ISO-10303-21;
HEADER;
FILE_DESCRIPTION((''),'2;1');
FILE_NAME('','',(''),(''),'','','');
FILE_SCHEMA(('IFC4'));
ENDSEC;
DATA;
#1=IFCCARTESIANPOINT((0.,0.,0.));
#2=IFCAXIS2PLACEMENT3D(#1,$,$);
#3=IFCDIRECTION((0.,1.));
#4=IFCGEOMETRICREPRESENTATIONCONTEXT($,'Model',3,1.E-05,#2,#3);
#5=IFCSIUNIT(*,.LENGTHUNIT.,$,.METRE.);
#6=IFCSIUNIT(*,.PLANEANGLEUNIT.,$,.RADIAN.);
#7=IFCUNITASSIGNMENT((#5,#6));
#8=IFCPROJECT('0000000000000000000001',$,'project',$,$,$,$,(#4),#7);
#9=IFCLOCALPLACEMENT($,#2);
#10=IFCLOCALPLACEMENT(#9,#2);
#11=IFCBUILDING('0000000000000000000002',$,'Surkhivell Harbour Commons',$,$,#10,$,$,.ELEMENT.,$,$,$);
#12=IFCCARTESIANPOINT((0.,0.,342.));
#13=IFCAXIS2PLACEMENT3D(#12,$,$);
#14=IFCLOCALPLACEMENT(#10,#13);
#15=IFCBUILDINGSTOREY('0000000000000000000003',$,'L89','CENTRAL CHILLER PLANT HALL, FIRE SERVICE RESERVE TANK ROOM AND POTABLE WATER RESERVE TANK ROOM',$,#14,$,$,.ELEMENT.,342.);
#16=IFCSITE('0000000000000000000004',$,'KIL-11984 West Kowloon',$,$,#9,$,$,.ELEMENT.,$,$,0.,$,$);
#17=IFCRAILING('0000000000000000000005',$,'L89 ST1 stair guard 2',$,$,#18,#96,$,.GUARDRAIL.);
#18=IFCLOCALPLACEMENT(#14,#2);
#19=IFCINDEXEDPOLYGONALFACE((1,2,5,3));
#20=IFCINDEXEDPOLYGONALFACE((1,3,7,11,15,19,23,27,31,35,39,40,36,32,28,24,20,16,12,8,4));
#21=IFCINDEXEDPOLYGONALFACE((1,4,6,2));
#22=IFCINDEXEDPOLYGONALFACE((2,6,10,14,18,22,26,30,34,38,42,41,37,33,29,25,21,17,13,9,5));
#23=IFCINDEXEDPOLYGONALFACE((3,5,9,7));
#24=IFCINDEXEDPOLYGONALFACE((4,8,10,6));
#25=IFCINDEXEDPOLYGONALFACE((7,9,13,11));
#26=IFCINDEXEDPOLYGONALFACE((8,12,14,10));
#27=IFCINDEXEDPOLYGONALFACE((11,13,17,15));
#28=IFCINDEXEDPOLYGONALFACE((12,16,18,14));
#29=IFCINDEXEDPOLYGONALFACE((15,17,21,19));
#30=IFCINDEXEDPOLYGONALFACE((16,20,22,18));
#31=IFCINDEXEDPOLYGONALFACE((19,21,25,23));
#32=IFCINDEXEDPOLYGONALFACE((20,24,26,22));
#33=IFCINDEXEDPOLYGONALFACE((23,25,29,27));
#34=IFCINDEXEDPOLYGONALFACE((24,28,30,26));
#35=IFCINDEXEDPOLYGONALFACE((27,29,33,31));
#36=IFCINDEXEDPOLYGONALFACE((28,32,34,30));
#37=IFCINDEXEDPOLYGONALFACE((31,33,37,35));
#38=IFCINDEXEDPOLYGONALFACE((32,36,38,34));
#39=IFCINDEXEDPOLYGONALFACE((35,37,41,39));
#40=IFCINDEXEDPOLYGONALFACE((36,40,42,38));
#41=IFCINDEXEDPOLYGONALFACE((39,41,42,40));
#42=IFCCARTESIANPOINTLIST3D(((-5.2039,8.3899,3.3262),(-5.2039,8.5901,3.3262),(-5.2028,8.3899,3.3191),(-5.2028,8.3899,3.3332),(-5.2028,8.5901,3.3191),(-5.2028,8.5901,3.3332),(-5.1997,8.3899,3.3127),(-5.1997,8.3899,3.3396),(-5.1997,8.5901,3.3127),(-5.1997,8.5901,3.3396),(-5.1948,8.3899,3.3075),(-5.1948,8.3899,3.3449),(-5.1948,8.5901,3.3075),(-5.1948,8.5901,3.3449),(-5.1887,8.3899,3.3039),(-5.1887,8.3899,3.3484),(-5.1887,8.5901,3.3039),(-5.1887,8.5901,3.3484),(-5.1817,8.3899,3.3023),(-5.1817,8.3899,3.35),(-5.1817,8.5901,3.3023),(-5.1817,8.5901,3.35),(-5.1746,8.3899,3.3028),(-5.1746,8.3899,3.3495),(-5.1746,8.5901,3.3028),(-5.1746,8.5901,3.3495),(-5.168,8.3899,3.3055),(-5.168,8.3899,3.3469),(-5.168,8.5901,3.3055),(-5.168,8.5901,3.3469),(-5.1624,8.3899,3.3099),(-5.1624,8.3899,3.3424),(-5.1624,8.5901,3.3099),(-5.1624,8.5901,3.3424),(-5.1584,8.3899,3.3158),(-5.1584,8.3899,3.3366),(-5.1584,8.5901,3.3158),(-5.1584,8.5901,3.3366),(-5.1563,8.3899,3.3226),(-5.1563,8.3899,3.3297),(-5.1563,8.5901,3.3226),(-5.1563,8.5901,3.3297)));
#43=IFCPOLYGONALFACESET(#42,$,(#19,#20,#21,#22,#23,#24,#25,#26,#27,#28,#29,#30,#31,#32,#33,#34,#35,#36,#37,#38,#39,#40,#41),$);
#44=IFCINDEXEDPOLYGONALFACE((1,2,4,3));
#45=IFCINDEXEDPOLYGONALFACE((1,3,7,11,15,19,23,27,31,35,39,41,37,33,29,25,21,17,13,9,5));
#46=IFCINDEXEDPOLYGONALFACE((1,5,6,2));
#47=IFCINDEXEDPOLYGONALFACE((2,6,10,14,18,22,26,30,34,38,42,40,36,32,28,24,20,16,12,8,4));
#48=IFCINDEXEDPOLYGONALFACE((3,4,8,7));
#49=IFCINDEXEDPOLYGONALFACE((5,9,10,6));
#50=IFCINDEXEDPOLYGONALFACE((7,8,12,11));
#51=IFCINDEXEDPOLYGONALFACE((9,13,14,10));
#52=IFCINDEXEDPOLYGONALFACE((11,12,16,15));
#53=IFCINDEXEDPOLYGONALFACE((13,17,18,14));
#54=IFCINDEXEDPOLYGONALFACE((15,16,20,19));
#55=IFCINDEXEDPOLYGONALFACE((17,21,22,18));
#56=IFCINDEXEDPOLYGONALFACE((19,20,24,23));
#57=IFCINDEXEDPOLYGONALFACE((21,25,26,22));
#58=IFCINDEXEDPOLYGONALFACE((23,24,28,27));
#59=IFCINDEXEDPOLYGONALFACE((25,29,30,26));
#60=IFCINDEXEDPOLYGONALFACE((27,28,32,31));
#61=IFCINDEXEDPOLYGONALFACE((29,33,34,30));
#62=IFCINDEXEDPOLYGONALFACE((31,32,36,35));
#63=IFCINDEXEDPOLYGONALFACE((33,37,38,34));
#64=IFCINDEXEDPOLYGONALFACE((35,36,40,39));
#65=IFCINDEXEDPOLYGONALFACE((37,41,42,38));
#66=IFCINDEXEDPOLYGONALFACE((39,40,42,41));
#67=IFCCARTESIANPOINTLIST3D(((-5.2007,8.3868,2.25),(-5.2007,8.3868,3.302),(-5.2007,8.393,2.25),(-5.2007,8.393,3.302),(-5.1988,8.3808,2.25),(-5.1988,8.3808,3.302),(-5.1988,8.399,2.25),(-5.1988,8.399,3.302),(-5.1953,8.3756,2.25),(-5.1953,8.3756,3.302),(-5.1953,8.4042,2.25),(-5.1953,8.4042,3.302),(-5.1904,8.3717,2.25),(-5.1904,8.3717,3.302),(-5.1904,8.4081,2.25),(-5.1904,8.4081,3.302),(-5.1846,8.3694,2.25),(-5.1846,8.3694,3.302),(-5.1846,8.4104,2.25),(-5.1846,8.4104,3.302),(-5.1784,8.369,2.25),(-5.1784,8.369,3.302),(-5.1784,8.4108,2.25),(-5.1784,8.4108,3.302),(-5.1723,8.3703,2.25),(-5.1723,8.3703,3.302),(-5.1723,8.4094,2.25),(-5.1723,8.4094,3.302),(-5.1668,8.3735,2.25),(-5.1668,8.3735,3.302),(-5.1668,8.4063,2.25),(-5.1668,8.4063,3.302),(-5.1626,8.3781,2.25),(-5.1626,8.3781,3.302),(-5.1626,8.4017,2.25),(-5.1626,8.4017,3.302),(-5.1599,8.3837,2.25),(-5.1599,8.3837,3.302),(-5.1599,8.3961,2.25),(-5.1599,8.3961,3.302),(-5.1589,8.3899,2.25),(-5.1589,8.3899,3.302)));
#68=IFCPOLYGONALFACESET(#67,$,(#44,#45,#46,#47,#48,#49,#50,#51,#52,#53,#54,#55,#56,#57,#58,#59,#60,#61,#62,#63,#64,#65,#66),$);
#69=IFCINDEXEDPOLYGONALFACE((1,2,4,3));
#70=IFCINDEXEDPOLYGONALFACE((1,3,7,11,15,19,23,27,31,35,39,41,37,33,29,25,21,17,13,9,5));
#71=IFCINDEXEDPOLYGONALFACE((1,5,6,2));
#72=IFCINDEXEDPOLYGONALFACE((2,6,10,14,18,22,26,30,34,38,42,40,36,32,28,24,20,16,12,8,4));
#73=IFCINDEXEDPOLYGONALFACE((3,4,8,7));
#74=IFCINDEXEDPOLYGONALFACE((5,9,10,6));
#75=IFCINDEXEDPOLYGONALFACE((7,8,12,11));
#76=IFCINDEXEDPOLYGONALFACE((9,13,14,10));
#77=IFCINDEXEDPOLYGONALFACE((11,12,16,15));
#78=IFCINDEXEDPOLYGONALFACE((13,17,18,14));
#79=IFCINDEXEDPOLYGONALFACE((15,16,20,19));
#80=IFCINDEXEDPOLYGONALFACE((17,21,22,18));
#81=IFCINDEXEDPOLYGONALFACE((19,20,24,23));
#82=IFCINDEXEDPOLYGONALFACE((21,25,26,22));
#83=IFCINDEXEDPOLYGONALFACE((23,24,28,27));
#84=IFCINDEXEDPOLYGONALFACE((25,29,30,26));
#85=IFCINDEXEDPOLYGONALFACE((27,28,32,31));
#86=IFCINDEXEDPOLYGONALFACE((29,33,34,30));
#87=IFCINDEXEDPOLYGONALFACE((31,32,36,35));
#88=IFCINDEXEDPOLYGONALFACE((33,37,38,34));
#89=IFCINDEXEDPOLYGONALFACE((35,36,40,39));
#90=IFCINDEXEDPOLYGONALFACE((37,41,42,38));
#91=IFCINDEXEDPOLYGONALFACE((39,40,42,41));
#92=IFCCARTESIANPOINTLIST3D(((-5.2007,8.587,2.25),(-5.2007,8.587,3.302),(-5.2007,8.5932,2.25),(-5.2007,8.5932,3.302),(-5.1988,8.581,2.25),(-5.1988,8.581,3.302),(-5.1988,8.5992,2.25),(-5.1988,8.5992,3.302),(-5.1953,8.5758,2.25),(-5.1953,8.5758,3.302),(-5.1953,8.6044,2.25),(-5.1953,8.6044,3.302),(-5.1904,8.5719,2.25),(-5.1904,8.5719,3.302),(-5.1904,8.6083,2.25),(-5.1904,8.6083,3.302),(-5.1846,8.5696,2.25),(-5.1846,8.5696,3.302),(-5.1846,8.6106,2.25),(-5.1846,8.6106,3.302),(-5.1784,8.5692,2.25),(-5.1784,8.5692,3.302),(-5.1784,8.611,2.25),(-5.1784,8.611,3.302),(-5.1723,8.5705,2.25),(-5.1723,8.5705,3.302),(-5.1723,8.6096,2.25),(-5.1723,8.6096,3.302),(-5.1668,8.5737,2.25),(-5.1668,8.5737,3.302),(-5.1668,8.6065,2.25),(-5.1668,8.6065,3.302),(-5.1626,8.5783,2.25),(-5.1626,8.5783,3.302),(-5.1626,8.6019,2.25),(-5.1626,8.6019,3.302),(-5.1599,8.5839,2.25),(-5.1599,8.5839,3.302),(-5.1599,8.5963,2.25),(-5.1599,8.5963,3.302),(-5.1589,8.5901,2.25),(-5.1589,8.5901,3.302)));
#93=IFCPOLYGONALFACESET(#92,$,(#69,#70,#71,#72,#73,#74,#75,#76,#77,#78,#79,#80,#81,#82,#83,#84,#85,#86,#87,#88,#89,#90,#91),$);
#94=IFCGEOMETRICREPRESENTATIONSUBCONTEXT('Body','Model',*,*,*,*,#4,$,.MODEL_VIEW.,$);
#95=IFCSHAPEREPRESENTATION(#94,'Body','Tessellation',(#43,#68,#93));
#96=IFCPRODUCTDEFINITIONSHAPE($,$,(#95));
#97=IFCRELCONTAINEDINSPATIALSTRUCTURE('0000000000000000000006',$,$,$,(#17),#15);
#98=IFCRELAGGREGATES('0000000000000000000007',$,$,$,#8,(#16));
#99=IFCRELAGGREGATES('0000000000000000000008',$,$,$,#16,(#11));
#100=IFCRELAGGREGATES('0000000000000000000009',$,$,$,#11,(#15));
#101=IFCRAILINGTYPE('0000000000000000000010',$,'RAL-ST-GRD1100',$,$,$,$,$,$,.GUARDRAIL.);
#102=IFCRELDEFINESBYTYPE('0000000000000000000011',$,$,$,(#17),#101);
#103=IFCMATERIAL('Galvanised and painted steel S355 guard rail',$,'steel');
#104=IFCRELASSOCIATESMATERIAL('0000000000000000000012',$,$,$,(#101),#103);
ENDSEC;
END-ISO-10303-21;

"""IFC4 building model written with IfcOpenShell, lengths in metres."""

from ifc_helpers import new_model, si_unit, direction, frame, origin, origin_2d, place, context, subcontext, project, spatial, circle, extrude, material, type_object, element, save


model = new_model("IFC4")

# Units and contexts
model_context = context("Model", 3, precision=1e-05, world=origin(), true_north=direction((0.0, 1.0)))
body_context = subcontext(model_context, "Body", "Model", "MODEL_VIEW")
ifc_project = project(units=[si_unit("LENGTHUNIT", "METRE"), si_unit("PLANEANGLEUNIT", "RADIAN")], contexts=[model_context])

# Site, building, storey
site_placement = place(None, origin())
site = spatial("IfcSite", under=ifc_project, at=site_placement, Name="KIL-11984 West Kowloon", CompositionType="ELEMENT", RefElevation=0.0)
building_placement = place(site_placement, origin())
building = spatial("IfcBuilding", under=site, at=building_placement, Name="Surkhivell Harbour Commons", CompositionType="ELEMENT")
storey_placement = place(building_placement, frame((0.0, 0.0, 342.0)))
storey = spatial("IfcBuildingStorey", under=building, at=storey_placement, Name="L89", Description="CENTRAL CHILLER PLANT HALL, FIRE SERVICE RESERVE TANK ROOM AND POTABLE WATER RESERVE TANK ROOM", CompositionType="ELEMENT", Elevation=342.0)

# Railing
ifc_material_1 = material(Name="Galvanised and painted steel S355 guard rail", Category="steel")
railing_type_1 = type_object("IfcRailingType", Name="RAL-ST-GRD1100", PredefinedType="GUARDRAIL", material=ifc_material_1)
railing_1_placement = place(storey_placement, frame((-5.1799, 8.3899, 2.25)))
element("IfcRailing", 1, at=railing_1_placement, inside=storey, type_object=railing_type_1, Name="L89 ST1 stair guard 2", PredefinedType="GUARDRAIL", context=body_context, shape_type="SweptSolid", body=[
    extrude(circle(Radius=0.0239, at=origin_2d()), frame((0.0, 0.0, 1.0762), z_axis=(0.0, 1.0, 0.0), x_axis=(-1.0, 0.0, 0.0)), (0.0, 0.0, 1.0), 0.2002),
    extrude(circle(Radius=0.021, at=origin_2d()), origin(), (0.0, 0.0, 1.0), 1.052),
    extrude(circle(Radius=0.021, at=origin_2d()), frame((0.0, 0.2002, 0.0)), (0.0, 0.0, 1.0), 1.052),
])

save(model, "model.ifc")
